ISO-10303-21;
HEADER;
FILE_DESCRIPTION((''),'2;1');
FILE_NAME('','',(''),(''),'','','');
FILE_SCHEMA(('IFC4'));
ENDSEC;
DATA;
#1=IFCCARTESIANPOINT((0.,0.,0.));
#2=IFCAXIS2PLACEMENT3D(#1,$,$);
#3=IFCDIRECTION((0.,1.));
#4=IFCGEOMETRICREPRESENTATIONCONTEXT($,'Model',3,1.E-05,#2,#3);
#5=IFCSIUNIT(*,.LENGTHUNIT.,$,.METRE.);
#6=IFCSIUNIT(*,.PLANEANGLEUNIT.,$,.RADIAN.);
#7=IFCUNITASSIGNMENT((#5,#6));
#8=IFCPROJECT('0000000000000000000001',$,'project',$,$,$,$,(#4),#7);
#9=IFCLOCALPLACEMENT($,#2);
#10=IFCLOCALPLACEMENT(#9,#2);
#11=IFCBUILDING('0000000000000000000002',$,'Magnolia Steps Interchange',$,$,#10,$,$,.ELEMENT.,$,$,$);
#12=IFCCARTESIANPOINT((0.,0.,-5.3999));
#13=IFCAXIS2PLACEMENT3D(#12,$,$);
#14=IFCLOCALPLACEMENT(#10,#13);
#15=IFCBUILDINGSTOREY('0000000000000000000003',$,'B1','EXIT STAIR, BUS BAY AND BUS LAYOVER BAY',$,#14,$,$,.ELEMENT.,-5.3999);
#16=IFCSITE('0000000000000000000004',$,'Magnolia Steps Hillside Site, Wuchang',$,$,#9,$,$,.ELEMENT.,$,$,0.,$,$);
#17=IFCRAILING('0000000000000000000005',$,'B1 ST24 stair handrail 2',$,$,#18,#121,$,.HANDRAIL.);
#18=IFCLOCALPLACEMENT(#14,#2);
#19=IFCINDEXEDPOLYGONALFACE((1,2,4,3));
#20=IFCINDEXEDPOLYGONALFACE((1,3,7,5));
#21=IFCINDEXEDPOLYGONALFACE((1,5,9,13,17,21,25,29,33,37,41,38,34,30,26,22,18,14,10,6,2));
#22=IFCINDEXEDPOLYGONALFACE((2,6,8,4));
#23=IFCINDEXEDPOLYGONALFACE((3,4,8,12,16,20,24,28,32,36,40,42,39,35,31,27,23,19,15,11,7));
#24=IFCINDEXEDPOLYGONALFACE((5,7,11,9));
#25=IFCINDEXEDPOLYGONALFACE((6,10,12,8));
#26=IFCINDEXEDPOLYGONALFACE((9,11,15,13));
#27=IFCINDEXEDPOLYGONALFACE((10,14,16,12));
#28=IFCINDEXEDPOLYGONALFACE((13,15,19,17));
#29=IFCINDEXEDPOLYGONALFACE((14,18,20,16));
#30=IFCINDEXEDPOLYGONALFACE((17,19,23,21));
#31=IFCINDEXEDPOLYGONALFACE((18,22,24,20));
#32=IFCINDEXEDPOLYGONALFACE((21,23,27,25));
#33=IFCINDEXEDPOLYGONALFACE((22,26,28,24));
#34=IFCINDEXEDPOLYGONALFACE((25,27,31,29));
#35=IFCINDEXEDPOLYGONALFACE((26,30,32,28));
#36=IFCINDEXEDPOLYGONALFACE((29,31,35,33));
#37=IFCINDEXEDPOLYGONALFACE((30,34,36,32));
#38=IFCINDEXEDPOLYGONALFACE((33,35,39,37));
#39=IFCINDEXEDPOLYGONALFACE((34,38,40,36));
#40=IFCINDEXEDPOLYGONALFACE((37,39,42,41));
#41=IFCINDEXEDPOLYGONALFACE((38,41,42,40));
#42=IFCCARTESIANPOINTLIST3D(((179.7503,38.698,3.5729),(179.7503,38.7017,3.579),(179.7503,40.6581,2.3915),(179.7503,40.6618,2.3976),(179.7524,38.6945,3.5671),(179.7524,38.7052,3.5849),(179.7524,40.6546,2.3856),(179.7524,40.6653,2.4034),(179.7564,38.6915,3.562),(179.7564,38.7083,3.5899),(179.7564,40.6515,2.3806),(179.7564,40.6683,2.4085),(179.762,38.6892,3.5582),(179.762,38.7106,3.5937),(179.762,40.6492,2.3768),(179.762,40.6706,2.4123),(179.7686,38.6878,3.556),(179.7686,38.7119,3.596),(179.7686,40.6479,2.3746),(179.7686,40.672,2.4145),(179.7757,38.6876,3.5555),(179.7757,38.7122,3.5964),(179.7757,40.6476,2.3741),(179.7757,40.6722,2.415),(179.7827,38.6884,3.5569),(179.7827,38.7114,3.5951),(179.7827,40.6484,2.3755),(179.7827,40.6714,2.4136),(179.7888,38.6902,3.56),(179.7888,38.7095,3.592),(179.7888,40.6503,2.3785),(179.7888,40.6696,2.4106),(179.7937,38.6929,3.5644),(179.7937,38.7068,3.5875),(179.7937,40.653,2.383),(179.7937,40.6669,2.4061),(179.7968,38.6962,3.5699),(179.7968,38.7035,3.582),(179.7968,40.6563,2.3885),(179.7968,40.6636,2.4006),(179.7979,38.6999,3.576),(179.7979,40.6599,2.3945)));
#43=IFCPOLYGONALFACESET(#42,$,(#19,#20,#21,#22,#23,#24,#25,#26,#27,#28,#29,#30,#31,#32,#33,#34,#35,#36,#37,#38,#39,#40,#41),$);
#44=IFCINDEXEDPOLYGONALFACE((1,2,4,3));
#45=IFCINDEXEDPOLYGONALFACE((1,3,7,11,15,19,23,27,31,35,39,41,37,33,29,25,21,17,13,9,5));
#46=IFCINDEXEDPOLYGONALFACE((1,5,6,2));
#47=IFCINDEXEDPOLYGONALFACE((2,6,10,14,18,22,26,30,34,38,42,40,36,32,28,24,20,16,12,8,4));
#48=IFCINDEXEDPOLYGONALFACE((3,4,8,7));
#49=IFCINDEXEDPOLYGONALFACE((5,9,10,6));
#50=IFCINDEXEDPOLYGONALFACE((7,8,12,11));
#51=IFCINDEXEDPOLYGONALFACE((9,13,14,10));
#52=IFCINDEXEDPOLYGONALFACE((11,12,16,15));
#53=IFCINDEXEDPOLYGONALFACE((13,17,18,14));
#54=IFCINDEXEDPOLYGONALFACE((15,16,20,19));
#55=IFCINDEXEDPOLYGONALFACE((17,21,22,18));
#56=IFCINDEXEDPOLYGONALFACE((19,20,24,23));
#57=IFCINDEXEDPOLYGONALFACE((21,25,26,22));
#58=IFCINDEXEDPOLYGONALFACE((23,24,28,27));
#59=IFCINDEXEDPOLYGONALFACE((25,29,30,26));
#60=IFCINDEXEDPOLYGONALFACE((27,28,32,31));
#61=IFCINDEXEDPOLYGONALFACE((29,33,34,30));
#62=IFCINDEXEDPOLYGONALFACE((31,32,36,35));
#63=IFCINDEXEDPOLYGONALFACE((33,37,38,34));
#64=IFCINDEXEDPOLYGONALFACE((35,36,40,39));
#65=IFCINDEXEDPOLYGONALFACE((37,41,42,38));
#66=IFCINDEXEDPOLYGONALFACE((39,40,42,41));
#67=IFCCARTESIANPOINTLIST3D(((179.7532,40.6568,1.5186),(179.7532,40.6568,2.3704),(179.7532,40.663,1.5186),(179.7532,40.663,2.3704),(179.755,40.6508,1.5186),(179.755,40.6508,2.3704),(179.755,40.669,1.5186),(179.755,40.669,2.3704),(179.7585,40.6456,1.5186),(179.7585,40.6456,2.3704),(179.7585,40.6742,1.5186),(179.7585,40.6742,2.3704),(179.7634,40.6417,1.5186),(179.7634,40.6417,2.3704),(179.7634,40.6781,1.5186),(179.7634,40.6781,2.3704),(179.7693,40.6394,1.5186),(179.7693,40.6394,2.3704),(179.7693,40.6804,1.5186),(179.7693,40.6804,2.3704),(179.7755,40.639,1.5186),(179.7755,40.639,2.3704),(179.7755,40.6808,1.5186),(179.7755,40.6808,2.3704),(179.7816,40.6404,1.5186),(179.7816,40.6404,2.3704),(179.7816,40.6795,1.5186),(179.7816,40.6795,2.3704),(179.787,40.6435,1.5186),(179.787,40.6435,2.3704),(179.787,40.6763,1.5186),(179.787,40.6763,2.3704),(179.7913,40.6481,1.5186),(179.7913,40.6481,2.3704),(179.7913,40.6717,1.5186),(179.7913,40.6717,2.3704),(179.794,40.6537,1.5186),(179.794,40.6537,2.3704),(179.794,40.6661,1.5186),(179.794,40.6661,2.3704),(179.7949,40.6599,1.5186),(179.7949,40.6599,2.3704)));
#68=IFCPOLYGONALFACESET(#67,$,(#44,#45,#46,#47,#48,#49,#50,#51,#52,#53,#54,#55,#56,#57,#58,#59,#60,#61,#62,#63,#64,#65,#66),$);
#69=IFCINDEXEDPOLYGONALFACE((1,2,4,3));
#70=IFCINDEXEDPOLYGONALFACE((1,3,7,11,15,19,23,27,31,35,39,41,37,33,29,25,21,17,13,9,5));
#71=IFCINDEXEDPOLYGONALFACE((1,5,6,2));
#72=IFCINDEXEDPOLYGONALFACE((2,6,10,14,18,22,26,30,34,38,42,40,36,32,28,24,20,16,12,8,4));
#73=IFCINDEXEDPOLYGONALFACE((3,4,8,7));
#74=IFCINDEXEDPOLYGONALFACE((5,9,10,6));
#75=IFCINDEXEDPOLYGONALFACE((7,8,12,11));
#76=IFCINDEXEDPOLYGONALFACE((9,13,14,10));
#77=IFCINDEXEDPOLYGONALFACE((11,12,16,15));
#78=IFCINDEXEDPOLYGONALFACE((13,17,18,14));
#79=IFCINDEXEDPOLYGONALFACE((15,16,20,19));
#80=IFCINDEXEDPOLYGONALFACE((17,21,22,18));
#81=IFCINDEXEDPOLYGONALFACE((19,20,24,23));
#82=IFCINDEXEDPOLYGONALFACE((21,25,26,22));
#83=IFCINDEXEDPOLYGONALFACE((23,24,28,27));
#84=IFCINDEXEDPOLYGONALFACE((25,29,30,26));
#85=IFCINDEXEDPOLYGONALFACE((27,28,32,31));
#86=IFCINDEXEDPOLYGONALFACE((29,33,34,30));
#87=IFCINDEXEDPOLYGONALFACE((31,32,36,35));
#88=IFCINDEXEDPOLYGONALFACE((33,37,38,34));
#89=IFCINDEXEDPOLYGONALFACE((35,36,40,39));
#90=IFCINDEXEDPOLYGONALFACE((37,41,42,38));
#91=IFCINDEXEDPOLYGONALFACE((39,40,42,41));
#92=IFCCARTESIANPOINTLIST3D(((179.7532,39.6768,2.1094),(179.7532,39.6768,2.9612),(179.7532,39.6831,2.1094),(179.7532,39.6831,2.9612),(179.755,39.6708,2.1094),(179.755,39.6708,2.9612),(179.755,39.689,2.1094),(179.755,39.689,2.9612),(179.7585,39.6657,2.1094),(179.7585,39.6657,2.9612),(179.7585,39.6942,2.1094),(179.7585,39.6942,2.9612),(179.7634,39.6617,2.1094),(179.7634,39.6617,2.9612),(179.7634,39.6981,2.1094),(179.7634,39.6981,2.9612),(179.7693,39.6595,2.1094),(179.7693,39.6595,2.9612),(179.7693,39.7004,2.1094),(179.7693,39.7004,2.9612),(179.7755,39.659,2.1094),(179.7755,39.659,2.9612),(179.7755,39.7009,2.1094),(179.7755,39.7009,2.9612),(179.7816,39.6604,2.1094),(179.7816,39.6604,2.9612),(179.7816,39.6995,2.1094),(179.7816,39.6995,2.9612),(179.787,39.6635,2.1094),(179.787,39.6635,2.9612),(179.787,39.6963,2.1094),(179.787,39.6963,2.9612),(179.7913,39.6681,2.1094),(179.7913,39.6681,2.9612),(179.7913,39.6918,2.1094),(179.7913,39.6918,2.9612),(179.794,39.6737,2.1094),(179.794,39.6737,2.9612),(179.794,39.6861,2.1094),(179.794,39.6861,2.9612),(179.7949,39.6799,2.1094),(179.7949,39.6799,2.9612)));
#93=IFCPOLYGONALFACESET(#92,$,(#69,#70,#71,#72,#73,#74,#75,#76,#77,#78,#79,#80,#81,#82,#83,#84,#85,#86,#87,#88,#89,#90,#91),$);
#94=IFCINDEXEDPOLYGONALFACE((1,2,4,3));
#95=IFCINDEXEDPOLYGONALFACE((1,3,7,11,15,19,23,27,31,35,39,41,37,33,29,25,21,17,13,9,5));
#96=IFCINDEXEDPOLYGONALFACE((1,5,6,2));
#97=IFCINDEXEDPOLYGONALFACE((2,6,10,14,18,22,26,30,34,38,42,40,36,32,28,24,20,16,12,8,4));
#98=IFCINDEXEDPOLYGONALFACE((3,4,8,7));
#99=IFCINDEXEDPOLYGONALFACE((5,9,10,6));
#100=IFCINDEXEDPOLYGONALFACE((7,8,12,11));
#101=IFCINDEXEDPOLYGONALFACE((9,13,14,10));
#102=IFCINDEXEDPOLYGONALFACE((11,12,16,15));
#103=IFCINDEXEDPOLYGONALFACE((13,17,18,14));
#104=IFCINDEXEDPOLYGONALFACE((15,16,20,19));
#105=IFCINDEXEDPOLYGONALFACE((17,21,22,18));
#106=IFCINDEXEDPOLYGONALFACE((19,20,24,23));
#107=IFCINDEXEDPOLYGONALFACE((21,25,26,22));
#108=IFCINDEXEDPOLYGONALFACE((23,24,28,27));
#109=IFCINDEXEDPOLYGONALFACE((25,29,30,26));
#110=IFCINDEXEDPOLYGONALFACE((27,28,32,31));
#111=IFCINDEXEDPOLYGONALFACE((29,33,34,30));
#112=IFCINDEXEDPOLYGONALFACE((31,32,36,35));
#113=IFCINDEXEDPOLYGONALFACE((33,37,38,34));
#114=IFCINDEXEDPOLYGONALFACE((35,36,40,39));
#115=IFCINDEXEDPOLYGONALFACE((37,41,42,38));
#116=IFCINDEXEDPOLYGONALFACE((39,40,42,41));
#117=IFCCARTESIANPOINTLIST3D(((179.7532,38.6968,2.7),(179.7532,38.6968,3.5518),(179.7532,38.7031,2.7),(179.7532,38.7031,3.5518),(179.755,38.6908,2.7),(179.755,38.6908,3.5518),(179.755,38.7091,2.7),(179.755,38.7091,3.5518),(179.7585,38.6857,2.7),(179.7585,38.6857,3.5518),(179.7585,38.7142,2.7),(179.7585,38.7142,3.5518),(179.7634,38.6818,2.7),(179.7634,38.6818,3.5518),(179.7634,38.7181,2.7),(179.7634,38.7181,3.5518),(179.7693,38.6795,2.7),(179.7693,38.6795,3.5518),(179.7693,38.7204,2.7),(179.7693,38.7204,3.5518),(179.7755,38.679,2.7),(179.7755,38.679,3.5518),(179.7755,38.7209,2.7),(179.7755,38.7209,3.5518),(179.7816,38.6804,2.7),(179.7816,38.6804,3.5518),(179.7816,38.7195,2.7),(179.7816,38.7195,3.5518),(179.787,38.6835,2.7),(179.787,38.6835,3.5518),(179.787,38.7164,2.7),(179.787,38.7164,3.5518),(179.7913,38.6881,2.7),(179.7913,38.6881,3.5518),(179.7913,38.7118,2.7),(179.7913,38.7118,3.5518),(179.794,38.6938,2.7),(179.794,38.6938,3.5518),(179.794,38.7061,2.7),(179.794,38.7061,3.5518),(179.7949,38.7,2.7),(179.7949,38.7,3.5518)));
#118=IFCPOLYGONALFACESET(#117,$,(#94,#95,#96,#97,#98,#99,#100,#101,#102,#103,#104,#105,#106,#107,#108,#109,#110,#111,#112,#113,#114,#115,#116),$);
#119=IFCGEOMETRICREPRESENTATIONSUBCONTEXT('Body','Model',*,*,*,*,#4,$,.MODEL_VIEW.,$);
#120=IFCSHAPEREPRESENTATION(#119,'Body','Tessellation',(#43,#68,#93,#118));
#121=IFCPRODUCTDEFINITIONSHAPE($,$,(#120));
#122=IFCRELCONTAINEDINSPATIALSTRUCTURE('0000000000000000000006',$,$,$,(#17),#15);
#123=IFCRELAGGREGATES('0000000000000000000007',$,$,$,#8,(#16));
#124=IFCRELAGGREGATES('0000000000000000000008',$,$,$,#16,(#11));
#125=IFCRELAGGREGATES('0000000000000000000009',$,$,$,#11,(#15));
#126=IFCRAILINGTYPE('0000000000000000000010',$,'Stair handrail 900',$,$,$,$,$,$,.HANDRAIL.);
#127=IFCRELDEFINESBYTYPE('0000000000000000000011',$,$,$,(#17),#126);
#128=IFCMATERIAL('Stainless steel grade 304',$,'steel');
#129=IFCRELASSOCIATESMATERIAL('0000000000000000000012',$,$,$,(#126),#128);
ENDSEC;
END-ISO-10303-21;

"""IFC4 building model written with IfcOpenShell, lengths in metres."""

from ifc_helpers import new_model, si_unit, direction, frame, origin, origin_2d, place, context, subcontext, project, spatial, circle, extrude, material, type_object, element, save


model = new_model("IFC4")

# Units and contexts
model_context = context("Model", 3, precision=1e-05, world=origin(), true_north=direction((0.0, 1.0)))
body_context = subcontext(model_context, "Body", "Model", "MODEL_VIEW")
ifc_project = project(units=[si_unit("LENGTHUNIT", "METRE"), si_unit("PLANEANGLEUNIT", "RADIAN")], contexts=[model_context])

# Site, building, storey
site_placement = place(None, origin())
site = spatial("IfcSite", under=ifc_project, at=site_placement, Name="Magnolia Steps Hillside Site, Wuchang", CompositionType="ELEMENT", RefElevation=0.0)
building_placement = place(site_placement, origin())
building = spatial("IfcBuilding", under=site, at=building_placement, Name="Magnolia Steps Interchange", CompositionType="ELEMENT")
storey_placement = place(building_placement, frame((0.0, 0.0, -5.3999)))
storey = spatial("IfcBuildingStorey", under=building, at=storey_placement, Name="B1", Description="EXIT STAIR, BUS BAY AND BUS LAYOVER BAY", CompositionType="ELEMENT", Elevation=-5.3999)

# Railing
ifc_material_1 = material(Name="Stainless steel grade 304", Category="steel")
railing_type_1 = type_object("IfcRailingType", Name="Stair handrail 900", PredefinedType="HANDRAIL", material=ifc_material_1)
railing_1_placement = place(storey_placement, frame((179.7739, 40.6599, 1.5186)))
element("IfcRailing", 1, at=railing_1_placement, inside=storey, type_object=railing_type_1, Name="B1 ST24 stair handrail 2", PredefinedType="HANDRAIL", context=body_context, shape_type="SweptSolid", body=[
    extrude(circle(Radius=0.0239, at=origin_2d()), frame((0.0, 0.0, 0.876), z_axis=(0.0, -0.856446, 0.516236), x_axis=(1.0, 0.0, 0.0)), (0.0, 0.0, 1.0), 2.2886),
    extrude(circle(Radius=0.021, at=origin_2d()), origin(), (0.0, 0.0, 1.0), 0.8518),
    extrude(circle(Radius=0.021, at=origin_2d()), frame((0.0, -0.98, 0.5908)), (0.0, 0.0, 1.0), 0.8518),
    extrude(circle(Radius=0.021, at=origin_2d()), frame((0.0, -1.96, 1.1814)), (0.0, 0.0, 1.0), 0.8518),
])

save(model, "model.ifc")
